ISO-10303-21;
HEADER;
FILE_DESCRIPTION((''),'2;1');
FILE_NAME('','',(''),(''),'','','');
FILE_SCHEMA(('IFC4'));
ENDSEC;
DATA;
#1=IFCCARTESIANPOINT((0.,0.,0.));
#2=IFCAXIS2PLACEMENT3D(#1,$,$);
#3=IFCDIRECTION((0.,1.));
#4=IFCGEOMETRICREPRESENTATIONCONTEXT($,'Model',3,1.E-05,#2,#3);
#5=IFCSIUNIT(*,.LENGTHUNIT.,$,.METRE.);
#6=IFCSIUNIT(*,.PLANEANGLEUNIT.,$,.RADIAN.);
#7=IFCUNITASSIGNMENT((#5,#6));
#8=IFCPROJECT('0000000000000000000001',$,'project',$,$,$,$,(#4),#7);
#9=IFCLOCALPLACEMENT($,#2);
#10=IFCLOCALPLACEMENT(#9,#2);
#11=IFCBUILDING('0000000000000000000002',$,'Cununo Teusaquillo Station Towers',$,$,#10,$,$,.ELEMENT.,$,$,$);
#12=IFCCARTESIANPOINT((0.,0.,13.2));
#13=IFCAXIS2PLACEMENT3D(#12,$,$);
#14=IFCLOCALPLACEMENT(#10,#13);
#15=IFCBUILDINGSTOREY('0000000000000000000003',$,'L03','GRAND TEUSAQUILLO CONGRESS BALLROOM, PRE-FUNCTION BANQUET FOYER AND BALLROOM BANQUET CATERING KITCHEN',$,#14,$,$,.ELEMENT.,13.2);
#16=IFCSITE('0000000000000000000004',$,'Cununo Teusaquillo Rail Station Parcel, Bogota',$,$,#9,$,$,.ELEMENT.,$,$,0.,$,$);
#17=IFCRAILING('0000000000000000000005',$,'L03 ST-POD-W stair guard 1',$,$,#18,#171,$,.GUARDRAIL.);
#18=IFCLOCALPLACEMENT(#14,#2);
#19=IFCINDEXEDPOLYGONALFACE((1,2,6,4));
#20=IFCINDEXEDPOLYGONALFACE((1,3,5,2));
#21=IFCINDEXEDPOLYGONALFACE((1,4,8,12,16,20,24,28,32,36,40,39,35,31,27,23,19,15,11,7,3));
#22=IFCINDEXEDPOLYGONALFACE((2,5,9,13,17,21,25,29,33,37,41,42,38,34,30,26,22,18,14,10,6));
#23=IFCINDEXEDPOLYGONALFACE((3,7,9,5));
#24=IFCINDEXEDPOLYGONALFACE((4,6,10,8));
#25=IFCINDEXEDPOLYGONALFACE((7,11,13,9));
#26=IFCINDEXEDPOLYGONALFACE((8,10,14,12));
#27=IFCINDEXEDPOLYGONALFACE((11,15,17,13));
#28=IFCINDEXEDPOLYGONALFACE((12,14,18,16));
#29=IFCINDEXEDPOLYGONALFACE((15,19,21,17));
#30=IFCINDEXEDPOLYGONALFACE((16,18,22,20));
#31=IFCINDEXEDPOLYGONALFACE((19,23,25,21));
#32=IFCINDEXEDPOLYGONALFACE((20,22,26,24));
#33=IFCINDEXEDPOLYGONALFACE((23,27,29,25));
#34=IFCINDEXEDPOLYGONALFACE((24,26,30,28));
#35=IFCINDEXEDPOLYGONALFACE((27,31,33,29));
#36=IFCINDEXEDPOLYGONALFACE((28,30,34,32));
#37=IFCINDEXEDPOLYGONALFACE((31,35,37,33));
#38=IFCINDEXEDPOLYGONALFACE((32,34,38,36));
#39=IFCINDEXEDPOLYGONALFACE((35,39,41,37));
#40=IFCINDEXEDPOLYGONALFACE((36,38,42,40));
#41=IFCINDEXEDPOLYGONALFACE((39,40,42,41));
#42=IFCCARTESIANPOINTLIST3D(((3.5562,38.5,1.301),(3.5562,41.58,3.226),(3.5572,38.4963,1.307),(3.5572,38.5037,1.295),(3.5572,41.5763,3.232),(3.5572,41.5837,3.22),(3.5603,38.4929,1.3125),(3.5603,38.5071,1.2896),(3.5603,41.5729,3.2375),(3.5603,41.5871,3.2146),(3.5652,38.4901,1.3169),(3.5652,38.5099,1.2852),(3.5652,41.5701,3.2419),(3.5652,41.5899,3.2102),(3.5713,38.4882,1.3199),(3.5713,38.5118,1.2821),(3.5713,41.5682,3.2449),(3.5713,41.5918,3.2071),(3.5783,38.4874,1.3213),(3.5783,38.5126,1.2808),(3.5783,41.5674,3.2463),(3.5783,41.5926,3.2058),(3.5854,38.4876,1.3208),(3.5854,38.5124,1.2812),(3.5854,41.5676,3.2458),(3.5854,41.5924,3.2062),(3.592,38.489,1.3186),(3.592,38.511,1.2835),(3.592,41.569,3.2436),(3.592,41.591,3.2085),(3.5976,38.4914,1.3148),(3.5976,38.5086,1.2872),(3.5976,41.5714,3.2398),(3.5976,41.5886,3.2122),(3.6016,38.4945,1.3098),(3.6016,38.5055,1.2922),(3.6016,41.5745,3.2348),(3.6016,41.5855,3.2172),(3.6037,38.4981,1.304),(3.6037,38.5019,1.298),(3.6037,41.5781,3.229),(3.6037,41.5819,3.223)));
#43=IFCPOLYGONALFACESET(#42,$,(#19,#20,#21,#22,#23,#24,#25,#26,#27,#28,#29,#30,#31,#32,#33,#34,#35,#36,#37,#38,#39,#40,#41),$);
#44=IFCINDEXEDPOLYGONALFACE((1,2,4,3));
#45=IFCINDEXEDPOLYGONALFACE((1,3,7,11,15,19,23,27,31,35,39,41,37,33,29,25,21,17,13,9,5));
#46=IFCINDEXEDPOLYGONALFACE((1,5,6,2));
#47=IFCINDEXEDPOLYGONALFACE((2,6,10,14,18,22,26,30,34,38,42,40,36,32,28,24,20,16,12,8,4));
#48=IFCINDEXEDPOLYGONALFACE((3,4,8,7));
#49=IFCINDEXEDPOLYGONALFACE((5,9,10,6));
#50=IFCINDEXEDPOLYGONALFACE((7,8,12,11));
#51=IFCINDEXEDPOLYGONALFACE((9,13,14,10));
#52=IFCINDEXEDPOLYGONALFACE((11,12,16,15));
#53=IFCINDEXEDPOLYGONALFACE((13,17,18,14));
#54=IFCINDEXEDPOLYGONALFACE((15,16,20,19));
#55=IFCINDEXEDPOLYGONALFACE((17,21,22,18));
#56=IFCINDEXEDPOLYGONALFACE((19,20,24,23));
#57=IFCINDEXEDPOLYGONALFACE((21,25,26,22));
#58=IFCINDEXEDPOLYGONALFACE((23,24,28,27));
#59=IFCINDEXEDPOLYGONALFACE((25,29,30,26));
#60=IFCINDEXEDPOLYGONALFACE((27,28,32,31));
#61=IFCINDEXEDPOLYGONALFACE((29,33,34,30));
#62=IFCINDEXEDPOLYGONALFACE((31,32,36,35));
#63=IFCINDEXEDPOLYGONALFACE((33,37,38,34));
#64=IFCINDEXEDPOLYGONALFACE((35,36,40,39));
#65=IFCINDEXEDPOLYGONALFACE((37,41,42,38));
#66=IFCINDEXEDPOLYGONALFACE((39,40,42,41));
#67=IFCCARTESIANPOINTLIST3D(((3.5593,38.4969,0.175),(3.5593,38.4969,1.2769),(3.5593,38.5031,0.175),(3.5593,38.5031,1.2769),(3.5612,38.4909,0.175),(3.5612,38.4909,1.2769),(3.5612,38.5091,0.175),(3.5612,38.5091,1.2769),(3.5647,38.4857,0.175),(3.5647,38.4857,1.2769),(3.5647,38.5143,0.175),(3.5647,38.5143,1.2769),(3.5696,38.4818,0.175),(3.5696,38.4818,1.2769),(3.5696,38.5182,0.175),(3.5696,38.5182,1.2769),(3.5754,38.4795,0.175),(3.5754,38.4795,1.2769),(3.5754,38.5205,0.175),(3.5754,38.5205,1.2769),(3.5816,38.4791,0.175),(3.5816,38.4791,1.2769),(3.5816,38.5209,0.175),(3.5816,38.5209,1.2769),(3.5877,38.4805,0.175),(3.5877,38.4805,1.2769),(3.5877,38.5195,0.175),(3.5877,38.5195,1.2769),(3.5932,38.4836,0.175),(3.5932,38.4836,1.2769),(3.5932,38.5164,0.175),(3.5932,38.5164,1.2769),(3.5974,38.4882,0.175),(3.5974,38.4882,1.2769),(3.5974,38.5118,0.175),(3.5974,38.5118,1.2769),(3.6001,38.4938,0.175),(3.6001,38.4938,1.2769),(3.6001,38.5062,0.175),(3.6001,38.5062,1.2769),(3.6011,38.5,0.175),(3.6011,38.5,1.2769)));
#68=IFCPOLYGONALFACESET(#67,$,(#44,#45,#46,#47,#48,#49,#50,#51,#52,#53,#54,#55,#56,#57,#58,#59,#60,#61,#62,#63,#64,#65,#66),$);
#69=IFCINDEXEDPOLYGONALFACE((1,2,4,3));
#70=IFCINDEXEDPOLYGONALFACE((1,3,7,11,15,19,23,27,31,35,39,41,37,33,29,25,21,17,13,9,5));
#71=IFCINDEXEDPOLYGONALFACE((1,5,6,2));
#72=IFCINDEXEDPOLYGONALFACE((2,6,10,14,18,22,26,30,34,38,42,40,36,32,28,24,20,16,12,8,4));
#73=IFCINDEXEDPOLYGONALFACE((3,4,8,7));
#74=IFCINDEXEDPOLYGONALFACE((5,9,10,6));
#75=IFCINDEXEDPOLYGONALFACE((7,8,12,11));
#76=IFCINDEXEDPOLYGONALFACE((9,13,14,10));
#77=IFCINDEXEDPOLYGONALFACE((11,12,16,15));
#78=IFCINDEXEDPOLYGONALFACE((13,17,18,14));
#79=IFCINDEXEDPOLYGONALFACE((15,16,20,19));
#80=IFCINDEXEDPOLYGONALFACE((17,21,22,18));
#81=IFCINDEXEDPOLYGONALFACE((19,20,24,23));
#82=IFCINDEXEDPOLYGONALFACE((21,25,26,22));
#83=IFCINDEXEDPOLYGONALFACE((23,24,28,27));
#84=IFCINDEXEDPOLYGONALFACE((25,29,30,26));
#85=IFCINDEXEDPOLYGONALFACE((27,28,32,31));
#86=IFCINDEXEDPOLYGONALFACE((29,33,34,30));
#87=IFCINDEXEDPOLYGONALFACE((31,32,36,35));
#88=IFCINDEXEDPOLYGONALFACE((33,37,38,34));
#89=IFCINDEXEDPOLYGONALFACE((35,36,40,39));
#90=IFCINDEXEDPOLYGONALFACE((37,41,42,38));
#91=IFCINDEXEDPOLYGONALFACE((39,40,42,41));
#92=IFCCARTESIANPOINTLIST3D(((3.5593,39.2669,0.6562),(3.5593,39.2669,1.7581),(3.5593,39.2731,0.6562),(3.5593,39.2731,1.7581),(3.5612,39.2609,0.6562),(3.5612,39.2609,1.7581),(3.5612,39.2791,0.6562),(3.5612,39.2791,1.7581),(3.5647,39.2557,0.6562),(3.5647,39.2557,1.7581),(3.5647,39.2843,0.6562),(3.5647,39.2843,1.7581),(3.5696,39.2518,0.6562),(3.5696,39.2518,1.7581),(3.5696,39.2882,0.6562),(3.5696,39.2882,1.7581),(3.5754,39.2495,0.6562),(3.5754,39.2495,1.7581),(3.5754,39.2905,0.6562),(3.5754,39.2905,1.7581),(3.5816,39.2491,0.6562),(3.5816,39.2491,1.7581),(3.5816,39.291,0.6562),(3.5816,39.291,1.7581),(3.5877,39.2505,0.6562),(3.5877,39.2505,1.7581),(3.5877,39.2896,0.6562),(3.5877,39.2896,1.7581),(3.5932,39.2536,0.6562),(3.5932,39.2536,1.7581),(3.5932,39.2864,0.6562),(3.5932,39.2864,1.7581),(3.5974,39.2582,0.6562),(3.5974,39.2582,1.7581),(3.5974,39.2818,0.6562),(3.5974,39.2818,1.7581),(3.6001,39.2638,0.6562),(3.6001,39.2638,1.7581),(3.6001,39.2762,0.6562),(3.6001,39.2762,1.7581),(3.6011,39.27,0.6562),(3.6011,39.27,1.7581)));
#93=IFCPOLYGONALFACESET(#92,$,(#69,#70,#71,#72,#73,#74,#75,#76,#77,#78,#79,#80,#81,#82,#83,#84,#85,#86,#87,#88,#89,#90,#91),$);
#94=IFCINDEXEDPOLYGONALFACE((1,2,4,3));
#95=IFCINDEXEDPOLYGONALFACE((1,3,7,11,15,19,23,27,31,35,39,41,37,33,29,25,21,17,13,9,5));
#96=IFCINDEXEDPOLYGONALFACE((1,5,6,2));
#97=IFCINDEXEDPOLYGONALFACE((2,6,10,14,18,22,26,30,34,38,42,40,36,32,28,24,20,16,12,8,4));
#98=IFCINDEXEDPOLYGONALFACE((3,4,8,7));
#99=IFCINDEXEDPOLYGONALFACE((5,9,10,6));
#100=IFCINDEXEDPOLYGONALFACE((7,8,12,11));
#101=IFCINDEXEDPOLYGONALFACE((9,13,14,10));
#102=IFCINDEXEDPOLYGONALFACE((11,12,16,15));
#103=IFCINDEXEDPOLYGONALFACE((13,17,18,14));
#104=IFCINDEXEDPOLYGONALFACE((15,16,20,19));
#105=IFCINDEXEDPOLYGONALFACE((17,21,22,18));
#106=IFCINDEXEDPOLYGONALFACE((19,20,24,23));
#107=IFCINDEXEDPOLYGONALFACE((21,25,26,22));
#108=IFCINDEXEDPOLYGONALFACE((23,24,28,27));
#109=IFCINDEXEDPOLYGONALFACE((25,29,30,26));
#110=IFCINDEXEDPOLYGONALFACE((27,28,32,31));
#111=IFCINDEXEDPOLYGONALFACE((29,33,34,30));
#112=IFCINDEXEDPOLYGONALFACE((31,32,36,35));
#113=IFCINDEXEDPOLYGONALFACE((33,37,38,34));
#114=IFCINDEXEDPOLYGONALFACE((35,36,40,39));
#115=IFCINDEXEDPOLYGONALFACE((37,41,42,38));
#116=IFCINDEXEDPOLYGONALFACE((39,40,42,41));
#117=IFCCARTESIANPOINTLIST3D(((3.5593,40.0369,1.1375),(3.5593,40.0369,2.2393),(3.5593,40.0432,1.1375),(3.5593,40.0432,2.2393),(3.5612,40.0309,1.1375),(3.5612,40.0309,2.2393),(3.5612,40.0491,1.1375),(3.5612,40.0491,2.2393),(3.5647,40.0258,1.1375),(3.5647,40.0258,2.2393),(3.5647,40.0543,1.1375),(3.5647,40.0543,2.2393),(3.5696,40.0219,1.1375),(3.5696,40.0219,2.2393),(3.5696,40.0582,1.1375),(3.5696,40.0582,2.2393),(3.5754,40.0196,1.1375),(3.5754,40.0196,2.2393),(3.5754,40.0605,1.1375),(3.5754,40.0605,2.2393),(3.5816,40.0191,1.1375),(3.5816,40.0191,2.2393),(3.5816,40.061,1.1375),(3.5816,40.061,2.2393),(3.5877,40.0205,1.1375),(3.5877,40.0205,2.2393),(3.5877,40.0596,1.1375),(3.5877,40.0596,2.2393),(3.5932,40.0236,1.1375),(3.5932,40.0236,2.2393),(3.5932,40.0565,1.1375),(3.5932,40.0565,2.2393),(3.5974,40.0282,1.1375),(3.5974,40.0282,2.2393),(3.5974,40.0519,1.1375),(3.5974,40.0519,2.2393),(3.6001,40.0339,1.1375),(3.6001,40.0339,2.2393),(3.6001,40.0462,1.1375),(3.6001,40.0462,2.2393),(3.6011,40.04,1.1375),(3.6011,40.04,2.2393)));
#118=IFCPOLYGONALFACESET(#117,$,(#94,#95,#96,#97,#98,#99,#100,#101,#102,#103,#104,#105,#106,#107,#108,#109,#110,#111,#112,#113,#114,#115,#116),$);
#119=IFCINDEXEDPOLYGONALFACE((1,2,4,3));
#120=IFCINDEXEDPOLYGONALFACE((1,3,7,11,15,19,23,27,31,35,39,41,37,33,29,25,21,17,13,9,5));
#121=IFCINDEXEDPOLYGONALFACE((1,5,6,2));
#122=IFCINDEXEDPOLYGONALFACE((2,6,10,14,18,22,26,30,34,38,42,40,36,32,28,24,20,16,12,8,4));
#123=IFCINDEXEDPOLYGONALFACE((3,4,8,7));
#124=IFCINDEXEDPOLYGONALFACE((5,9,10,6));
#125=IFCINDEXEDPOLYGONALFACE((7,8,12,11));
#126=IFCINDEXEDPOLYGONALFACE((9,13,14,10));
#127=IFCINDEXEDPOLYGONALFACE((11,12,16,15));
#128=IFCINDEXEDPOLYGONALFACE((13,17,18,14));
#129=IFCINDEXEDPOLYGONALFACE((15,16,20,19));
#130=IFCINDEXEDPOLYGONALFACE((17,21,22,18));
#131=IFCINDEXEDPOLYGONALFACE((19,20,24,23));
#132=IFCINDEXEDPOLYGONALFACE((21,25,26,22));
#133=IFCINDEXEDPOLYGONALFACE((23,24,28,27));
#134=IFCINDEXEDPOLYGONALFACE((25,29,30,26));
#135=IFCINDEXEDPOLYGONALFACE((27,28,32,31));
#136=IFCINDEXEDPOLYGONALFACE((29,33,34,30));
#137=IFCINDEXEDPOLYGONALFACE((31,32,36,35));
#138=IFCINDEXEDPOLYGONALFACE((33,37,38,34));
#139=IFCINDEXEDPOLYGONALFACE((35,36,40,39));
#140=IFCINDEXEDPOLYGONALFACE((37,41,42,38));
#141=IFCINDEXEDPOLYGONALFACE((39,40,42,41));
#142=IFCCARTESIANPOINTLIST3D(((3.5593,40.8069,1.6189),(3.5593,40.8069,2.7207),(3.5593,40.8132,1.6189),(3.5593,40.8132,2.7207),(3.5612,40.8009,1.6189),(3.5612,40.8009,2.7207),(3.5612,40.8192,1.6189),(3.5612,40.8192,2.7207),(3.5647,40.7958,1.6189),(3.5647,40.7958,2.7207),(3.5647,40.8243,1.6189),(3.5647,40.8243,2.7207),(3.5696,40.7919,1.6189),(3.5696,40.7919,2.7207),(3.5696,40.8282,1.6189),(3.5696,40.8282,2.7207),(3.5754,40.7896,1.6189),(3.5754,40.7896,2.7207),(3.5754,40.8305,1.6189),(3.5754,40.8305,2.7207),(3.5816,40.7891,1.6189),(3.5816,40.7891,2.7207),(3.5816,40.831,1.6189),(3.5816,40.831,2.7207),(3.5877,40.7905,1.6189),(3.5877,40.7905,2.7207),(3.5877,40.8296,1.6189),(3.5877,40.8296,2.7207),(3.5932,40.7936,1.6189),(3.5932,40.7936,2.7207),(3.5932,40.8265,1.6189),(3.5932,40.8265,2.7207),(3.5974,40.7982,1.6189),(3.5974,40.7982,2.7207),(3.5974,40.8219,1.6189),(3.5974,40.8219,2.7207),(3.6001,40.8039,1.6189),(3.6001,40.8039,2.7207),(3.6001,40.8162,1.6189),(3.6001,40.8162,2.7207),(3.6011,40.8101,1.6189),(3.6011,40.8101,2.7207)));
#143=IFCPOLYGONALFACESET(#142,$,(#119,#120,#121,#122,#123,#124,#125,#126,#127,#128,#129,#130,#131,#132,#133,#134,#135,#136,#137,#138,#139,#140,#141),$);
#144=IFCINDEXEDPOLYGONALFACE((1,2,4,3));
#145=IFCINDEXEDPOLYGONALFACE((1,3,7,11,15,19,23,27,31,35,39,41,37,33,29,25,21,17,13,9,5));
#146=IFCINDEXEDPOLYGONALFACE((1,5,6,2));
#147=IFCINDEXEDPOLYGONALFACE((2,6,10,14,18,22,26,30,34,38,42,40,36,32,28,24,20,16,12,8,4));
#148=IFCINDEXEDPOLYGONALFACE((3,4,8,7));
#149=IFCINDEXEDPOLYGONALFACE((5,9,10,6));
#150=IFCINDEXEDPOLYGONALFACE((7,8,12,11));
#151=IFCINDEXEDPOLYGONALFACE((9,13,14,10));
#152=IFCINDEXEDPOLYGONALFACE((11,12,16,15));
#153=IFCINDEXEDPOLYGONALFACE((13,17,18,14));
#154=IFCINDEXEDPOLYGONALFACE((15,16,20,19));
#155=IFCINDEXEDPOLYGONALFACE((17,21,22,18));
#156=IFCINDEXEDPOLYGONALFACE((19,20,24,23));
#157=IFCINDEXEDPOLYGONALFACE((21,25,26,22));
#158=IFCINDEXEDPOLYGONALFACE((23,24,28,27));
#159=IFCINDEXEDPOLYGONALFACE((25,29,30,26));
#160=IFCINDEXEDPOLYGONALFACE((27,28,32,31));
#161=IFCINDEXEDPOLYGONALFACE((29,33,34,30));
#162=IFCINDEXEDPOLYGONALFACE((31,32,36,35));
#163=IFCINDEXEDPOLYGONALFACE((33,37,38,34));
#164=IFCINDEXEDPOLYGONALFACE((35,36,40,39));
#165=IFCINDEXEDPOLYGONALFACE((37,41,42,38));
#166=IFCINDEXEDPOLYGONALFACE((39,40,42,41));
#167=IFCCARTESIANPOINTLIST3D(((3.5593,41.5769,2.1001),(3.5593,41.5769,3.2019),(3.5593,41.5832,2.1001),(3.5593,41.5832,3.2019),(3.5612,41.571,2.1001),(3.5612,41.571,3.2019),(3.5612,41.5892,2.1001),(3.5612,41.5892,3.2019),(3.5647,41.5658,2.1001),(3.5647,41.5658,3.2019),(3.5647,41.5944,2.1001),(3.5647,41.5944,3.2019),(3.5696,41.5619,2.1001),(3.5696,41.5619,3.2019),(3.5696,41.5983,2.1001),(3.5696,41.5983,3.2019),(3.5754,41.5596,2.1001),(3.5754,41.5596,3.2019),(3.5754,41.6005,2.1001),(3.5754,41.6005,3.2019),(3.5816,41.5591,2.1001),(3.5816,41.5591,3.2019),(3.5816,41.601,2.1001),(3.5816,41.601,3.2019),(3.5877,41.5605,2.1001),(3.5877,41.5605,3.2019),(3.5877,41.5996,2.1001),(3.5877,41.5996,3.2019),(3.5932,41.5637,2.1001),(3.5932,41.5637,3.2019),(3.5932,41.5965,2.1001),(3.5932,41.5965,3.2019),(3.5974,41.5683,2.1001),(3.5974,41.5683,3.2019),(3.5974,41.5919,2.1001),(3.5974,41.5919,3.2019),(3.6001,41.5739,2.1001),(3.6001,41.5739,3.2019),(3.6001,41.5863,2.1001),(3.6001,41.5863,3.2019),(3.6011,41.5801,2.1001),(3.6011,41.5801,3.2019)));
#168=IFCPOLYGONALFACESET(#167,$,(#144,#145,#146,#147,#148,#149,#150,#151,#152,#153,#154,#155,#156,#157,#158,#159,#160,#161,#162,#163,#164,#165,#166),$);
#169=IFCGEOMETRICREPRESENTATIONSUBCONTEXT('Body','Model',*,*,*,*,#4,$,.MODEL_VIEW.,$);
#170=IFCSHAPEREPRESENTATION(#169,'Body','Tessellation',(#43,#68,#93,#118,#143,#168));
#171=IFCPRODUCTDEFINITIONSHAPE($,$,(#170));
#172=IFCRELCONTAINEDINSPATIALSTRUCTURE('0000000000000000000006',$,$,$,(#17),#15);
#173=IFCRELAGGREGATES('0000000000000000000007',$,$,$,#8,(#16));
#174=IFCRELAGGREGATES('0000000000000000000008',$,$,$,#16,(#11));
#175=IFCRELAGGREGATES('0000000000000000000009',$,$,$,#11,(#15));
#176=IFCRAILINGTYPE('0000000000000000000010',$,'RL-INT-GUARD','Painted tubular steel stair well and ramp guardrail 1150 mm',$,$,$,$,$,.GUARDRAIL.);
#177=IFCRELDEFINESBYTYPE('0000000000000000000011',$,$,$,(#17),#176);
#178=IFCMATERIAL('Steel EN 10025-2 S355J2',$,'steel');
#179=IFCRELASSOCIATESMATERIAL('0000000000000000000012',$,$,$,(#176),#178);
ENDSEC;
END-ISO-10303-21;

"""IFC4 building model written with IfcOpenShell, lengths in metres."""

from ifc_helpers import new_model, si_unit, direction, frame, origin, origin_2d, place, context, subcontext, project, spatial, circle, extrude, material, type_object, element, save


model = new_model("IFC4")

# Units and contexts
model_context = context("Model", 3, precision=1e-05, world=origin(), true_north=direction((0.0, 1.0)))
body_context = subcontext(model_context, "Body", "Model", "MODEL_VIEW")
ifc_project = project(units=[si_unit("LENGTHUNIT", "METRE"), si_unit("PLANEANGLEUNIT", "RADIAN")], contexts=[model_context])

# Site, building, storey
site_placement = place(None, origin())
site = spatial("IfcSite", under=ifc_project, at=site_placement, Name="Cununo Teusaquillo Rail Station Parcel, Bogota", CompositionType="ELEMENT", RefElevation=0.0)
building_placement = place(site_placement, origin())
building = spatial("IfcBuilding", under=site, at=building_placement, Name="Cununo Teusaquillo Station Towers", CompositionType="ELEMENT")
storey_placement = place(building_placement, frame((0.0, 0.0, 13.2)))
storey = spatial("IfcBuildingStorey", under=building, at=storey_placement, Name="L03", Description="GRAND TEUSAQUILLO CONGRESS BALLROOM, PRE-FUNCTION BANQUET FOYER AND BALLROOM BANQUET CATERING KITCHEN", CompositionType="ELEMENT", Elevation=13.2)

# Railing
ifc_material_1 = material(Name="Steel EN 10025-2 S355J2", Category="steel")
railing_type_1 = type_object("IfcRailingType", Name="RL-INT-GUARD", Description="Painted tubular steel stair well and ramp guardrail 1150 mm", PredefinedType="GUARDRAIL", material=ifc_material_1)
railing_1_placement = place(storey_placement, frame((3.5801, 38.5, 0.175)))
element("IfcRailing", 1, at=railing_1_placement, inside=storey, type_object=railing_type_1, Name="L03 ST-POD-W stair guard 1", PredefinedType="GUARDRAIL", context=body_context, shape_type="SweptSolid", body=[
    extrude(circle(Radius=0.0239, at=origin_2d()), frame((0.0, 0.0, 1.126), z_axis=(0.0, 0.847998, 0.529999), x_axis=(-1.0, 0.0, 0.0)), (0.0, 0.0, 1.0), 3.6321),
    extrude(circle(Radius=0.021, at=origin_2d()), origin(), (0.0, 0.0, 1.0), 1.1018),
    extrude(circle(Radius=0.021, at=origin_2d()), frame((0.0, 0.77, 0.4812)), (0.0, 0.0, 1.0), 1.1018),
    extrude(circle(Radius=0.021, at=origin_2d()), frame((0.0, 1.54, 0.9624)), (0.0, 0.0, 1.0), 1.1018),
    extrude(circle(Radius=0.021, at=origin_2d()), frame((0.0, 2.3101, 1.4438)), (0.0, 0.0, 1.0), 1.1018),
    extrude(circle(Radius=0.021, at=origin_2d()), frame((0.0, 3.0801, 1.925)), (0.0, 0.0, 1.0), 1.1018),
])

save(model, "model.ifc")
